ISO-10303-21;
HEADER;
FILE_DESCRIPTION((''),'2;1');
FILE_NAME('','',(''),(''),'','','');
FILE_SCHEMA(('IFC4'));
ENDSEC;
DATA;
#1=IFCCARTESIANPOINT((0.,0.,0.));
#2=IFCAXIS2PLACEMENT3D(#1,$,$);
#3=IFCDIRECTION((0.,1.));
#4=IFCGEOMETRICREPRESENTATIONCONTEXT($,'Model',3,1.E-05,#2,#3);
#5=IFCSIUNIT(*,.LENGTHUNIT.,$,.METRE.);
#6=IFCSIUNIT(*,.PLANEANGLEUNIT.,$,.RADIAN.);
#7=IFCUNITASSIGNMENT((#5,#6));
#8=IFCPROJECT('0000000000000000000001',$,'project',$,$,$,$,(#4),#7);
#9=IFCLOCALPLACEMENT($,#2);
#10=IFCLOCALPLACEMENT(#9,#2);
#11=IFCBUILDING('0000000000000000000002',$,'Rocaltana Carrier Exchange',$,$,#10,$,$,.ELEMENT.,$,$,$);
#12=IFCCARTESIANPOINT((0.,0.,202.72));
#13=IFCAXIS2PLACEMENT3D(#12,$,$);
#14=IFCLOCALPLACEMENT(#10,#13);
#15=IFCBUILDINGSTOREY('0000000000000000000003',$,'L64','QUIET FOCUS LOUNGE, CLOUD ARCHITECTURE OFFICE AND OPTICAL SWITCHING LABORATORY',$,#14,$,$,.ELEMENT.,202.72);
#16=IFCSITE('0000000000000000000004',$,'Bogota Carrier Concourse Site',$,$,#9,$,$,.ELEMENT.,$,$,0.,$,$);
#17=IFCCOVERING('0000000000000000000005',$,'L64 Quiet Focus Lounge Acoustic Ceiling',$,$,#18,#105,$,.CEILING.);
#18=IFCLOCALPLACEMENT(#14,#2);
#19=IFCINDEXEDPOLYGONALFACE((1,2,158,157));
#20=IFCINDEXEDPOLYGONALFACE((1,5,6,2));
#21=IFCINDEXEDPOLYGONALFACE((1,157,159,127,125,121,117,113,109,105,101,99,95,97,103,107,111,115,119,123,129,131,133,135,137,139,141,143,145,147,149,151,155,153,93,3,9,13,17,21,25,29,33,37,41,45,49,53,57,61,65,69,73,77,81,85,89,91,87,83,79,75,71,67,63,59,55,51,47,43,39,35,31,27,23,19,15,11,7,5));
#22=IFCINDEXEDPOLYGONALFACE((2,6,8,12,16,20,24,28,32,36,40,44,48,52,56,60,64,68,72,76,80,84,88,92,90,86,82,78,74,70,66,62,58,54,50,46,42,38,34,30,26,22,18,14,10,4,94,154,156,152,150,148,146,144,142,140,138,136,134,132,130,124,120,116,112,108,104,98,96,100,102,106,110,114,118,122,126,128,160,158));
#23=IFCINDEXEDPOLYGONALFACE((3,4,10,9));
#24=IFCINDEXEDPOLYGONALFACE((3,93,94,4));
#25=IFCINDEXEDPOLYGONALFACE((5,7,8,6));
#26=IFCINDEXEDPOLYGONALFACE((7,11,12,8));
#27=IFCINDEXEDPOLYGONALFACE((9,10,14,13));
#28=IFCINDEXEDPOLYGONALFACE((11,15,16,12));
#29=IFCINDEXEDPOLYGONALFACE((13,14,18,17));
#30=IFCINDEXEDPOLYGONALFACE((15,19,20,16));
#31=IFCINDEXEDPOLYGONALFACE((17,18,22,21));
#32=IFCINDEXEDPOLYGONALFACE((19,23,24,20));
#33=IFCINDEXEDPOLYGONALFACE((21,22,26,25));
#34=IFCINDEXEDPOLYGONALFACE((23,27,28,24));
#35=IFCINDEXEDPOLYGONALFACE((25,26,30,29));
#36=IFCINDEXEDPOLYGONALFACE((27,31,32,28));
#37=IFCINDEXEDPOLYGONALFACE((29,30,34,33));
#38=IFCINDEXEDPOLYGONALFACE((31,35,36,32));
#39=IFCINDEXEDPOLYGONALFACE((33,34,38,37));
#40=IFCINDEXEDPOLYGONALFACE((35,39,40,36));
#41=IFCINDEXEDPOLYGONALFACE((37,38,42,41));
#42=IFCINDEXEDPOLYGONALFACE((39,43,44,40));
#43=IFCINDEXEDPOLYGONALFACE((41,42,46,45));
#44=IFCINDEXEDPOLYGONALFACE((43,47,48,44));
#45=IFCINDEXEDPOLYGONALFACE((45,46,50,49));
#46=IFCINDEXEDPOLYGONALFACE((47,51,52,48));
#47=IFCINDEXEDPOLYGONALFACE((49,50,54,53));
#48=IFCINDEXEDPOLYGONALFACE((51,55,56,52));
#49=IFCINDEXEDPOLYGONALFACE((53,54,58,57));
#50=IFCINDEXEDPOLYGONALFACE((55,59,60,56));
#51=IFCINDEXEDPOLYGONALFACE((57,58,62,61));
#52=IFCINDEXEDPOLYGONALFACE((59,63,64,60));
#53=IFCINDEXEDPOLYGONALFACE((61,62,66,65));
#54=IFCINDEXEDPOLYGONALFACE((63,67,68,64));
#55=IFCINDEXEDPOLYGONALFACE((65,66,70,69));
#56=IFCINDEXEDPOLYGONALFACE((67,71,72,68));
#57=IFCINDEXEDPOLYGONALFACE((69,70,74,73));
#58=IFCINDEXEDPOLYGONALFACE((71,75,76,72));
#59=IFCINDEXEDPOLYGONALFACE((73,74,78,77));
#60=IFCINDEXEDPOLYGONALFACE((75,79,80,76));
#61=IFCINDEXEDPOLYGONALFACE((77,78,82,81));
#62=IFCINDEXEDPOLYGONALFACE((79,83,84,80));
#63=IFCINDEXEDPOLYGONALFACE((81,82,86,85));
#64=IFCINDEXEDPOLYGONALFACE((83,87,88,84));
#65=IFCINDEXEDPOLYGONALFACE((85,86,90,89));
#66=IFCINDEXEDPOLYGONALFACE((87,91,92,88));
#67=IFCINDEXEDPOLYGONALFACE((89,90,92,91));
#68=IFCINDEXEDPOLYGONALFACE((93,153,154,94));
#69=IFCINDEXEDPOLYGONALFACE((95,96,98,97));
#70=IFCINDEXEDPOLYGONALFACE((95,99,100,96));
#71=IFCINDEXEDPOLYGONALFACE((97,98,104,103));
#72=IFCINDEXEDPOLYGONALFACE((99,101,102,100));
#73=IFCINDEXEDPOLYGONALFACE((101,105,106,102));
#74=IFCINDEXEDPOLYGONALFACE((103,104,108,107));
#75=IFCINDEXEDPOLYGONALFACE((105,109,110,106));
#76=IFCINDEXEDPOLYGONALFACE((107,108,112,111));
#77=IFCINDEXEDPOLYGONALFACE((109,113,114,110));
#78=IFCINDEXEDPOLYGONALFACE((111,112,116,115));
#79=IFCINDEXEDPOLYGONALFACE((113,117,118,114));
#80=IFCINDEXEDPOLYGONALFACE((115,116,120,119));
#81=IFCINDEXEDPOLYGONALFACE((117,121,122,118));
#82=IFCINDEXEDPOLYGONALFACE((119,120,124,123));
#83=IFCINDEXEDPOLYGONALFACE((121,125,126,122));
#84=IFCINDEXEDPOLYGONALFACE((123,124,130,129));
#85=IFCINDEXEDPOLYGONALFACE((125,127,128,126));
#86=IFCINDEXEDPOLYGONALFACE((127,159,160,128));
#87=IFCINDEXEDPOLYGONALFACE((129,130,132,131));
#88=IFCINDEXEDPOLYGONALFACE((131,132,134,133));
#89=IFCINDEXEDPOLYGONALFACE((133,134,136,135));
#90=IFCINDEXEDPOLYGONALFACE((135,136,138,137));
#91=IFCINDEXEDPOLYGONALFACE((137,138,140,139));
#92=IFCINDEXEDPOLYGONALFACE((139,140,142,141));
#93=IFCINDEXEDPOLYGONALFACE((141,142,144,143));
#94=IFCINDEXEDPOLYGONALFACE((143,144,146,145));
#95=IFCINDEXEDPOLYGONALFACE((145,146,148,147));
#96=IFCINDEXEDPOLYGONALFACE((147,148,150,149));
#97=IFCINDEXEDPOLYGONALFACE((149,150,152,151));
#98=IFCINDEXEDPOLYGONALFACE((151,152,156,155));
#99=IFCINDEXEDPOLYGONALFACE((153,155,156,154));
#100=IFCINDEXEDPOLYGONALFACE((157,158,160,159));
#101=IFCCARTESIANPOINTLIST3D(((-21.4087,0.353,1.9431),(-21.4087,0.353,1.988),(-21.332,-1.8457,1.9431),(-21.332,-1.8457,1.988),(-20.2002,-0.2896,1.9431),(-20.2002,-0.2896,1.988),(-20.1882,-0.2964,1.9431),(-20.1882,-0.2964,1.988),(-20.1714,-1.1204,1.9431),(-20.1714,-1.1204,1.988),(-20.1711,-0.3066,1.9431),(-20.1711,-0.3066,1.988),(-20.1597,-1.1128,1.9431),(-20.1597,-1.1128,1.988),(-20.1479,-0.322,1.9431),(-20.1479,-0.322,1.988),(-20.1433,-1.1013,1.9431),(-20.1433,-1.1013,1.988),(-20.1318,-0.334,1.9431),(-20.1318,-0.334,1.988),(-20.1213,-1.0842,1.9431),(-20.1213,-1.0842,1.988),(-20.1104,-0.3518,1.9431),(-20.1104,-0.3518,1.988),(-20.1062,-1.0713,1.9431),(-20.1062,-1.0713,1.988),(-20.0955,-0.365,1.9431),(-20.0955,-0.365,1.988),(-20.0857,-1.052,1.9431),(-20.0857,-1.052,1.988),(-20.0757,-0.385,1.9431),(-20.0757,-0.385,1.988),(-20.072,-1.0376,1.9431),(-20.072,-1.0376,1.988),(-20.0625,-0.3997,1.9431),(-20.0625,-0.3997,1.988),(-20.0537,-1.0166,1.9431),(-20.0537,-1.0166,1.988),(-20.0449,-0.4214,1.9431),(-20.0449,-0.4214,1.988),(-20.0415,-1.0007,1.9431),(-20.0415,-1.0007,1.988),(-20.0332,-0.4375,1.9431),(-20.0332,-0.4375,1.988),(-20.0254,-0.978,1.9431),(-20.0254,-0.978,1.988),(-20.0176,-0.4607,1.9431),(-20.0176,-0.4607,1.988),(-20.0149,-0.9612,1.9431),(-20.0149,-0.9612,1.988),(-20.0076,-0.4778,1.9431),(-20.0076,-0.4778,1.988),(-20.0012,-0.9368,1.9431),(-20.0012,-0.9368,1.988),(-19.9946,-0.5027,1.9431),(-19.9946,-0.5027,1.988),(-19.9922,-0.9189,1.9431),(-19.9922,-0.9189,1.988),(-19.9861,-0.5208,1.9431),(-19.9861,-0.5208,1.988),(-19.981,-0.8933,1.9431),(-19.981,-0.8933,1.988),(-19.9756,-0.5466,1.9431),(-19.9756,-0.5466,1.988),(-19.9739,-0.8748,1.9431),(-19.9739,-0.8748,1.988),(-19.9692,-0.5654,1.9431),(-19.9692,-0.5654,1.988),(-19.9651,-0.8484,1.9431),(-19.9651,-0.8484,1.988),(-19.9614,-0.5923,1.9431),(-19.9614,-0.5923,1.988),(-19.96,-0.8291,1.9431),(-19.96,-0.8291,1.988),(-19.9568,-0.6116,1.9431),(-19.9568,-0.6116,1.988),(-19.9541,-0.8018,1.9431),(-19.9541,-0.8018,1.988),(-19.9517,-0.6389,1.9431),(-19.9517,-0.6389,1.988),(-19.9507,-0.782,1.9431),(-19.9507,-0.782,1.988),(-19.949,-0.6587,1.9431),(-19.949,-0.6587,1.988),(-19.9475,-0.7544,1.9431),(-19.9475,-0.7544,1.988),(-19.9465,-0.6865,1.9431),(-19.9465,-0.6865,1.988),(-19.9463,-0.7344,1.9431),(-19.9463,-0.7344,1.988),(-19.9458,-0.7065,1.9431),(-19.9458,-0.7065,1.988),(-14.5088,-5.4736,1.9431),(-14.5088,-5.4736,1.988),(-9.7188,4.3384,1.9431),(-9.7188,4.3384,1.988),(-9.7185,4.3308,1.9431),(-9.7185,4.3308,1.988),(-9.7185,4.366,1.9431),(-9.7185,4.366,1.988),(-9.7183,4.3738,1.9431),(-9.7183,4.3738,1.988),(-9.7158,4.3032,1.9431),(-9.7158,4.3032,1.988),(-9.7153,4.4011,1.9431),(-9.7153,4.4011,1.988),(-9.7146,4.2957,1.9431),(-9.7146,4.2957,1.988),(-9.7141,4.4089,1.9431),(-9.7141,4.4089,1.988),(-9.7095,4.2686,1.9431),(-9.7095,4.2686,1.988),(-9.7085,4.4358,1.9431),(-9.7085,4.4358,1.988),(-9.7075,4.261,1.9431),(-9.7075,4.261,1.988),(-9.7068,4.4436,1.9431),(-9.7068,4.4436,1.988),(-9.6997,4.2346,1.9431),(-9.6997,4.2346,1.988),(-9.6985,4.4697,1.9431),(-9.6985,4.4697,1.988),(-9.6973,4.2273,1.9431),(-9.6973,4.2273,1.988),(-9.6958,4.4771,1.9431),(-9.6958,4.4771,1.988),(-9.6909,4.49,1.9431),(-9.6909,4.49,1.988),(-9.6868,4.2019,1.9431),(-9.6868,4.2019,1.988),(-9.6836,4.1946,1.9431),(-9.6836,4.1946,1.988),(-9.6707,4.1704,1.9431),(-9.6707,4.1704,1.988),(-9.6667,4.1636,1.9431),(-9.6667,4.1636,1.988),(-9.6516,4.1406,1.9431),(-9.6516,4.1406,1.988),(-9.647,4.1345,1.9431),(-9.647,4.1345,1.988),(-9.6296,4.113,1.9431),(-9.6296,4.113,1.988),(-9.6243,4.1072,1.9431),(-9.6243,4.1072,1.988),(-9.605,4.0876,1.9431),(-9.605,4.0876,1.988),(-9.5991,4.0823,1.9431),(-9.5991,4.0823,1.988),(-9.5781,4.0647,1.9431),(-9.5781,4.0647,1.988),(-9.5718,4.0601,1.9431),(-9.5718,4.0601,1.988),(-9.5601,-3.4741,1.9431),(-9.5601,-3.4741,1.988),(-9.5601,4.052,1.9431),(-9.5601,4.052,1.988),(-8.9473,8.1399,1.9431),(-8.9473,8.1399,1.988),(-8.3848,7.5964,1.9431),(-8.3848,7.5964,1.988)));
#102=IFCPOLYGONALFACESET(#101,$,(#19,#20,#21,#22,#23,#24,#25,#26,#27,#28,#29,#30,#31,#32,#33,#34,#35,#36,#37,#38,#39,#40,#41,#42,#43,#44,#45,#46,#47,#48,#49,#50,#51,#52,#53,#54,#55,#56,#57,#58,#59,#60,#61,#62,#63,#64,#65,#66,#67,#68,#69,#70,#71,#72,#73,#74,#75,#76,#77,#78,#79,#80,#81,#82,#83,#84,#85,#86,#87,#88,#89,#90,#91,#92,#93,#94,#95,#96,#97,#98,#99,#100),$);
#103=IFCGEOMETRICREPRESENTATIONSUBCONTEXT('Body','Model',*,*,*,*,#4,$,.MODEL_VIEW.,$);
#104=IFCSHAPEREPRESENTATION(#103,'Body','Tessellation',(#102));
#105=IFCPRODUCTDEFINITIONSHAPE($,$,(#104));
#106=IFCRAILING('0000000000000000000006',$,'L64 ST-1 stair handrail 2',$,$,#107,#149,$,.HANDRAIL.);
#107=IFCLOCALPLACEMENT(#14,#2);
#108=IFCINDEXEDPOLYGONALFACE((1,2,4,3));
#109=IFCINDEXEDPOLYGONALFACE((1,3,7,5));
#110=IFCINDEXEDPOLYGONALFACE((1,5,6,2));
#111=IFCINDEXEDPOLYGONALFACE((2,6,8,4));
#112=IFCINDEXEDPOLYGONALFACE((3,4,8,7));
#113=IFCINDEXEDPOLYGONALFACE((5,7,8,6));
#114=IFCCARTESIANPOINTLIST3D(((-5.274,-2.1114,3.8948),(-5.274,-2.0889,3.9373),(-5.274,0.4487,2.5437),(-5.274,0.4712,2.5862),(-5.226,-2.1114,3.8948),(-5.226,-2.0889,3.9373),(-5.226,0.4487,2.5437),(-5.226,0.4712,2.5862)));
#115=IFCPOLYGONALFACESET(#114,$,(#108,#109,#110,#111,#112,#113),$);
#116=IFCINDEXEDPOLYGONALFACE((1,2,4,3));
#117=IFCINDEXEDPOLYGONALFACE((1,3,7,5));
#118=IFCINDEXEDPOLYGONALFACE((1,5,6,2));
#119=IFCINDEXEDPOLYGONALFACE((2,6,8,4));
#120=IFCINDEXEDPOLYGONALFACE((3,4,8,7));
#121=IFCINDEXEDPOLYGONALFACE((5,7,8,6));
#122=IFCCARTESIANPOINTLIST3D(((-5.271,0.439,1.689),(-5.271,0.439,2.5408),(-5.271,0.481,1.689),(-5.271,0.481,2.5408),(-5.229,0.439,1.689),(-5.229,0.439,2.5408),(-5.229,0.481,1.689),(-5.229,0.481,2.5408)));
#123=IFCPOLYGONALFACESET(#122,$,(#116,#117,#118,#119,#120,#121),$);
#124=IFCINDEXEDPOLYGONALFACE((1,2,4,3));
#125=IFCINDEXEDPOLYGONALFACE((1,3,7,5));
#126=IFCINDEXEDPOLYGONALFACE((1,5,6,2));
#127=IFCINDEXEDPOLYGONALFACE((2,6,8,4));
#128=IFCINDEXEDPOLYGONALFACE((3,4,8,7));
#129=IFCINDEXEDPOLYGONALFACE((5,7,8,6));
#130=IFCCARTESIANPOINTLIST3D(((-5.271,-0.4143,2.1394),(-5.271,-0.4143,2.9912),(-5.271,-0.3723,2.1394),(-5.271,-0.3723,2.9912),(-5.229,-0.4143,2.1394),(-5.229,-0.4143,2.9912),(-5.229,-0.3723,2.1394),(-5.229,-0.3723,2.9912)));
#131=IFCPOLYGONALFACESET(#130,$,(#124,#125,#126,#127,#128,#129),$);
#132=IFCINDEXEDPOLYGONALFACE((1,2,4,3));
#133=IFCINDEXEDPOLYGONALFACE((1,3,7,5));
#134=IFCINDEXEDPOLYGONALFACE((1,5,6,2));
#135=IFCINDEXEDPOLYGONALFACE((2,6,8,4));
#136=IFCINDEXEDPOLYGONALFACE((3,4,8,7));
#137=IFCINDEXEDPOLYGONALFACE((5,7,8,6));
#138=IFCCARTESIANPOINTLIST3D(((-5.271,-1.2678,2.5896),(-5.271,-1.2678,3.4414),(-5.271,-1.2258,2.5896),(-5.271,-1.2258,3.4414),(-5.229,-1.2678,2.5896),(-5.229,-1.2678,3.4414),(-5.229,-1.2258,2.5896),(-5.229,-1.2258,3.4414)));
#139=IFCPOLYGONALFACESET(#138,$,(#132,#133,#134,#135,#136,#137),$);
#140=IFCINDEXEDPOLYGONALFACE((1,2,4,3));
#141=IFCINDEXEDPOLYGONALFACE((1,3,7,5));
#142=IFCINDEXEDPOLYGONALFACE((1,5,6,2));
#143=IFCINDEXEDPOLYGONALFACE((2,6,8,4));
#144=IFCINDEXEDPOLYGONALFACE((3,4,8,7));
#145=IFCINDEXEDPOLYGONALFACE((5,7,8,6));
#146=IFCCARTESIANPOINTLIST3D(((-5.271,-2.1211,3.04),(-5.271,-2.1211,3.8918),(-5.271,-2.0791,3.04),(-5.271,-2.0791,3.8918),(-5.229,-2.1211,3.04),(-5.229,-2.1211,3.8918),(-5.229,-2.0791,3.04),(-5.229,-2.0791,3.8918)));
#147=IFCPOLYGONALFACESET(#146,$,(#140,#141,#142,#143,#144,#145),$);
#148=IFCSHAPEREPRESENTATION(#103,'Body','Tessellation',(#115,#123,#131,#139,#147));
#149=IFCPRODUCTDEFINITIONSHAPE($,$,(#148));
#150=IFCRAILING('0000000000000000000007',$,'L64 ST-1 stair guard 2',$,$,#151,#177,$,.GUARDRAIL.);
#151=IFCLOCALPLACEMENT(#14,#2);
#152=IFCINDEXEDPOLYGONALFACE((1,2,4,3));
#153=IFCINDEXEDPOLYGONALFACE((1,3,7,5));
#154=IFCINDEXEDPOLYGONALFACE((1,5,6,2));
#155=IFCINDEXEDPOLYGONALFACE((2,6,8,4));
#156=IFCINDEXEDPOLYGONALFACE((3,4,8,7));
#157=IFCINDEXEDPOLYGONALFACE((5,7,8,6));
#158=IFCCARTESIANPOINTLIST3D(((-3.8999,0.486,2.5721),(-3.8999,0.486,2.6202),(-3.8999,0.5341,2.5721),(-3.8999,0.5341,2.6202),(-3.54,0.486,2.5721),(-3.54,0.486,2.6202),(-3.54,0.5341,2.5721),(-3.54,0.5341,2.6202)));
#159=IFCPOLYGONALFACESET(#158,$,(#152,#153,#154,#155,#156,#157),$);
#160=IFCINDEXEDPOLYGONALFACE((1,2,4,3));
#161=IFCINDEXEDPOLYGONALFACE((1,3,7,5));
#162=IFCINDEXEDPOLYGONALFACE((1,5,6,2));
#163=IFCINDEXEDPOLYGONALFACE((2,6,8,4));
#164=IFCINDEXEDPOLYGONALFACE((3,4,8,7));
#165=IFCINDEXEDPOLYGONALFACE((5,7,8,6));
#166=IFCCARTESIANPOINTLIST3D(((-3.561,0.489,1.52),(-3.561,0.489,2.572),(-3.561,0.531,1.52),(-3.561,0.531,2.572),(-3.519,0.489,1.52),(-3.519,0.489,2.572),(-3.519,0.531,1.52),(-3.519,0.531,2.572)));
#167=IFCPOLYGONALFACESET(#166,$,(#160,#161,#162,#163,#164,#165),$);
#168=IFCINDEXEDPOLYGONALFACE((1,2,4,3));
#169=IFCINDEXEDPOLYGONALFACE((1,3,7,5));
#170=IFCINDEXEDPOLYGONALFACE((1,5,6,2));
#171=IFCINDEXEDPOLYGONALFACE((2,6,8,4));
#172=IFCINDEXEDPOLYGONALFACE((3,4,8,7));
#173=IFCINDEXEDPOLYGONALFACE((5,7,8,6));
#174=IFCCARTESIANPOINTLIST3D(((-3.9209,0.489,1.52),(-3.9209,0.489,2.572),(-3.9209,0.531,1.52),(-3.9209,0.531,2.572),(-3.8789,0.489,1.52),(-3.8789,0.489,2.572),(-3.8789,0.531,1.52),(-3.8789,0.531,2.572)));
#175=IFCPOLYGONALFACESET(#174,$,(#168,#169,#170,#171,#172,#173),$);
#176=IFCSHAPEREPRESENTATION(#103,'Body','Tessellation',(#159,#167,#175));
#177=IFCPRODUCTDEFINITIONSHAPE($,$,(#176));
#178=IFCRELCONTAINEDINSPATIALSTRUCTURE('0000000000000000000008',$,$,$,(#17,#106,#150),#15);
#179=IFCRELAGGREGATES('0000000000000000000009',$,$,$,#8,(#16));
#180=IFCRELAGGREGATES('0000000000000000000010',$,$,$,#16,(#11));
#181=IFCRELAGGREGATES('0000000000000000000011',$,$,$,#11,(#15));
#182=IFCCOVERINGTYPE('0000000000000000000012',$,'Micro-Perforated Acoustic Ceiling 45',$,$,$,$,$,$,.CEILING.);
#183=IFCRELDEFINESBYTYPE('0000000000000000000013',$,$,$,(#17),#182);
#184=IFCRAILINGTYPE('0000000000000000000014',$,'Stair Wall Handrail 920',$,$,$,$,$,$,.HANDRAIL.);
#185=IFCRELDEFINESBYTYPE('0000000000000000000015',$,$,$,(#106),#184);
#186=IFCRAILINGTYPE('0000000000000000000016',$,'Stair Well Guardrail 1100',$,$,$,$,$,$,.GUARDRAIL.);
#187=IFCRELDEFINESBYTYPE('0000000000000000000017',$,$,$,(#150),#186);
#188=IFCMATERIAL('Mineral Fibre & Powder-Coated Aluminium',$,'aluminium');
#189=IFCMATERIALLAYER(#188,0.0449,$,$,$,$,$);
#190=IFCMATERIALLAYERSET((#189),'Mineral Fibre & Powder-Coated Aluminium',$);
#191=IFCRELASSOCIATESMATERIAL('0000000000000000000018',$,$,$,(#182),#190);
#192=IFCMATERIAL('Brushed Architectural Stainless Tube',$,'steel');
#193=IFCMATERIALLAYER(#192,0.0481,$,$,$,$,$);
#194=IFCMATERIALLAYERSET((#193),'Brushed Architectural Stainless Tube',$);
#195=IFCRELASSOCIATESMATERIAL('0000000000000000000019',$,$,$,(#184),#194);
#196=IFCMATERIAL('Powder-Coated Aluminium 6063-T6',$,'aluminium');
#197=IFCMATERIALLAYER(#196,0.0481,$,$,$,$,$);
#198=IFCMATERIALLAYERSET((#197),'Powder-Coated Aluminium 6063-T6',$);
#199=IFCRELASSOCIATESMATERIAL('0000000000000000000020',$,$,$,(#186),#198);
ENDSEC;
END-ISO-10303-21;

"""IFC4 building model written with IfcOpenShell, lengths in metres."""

from ifc_helpers import new_model, si_unit, direction, frame, origin, origin_2d, place, context, subcontext, project, spatial, polyline, rectangle, outline, extrude, material, layer, layer_set, type_object, element, save


model = new_model("IFC4")

# Units and contexts
model_context = context("Model", 3, precision=1e-05, world=origin(), true_north=direction((0.0, 1.0)))
body_context = subcontext(model_context, "Body", "Model", "MODEL_VIEW")
ifc_project = project(units=[si_unit("LENGTHUNIT", "METRE"), si_unit("PLANEANGLEUNIT", "RADIAN")], contexts=[model_context])

# Site, building, storey
site_placement = place(None, origin())
site = spatial("IfcSite", under=ifc_project, at=site_placement, Name="Bogota Carrier Concourse Site", CompositionType="ELEMENT", RefElevation=0.0)
building_placement = place(site_placement, origin())
building = spatial("IfcBuilding", under=site, at=building_placement, Name="Rocaltana Carrier Exchange", CompositionType="ELEMENT")
storey_placement = place(building_placement, frame((0.0, 0.0, 202.72)))
storey = spatial("IfcBuildingStorey", under=building, at=storey_placement, Name="L64", Description="QUIET FOCUS LOUNGE, CLOUD ARCHITECTURE OFFICE AND OPTICAL SWITCHING LABORATORY", CompositionType="ELEMENT", Elevation=202.72)

# Covering
ifc_material_1 = material(Name="Mineral Fibre & Powder-Coated Aluminium", Category="aluminium")
ifc_layer_1 = layer(ifc_material_1, 0.0449)
ifc_layer_set_1 = layer_set([ifc_layer_1], Name="Mineral Fibre & Powder-Coated Aluminium")
covering_type_1 = type_object("IfcCoveringType", Name="Micro-Perforated Acoustic Ceiling 45", PredefinedType="CEILING", material=ifc_layer_set_1)
covering_1_placement = place(storey_placement, frame((0.0, 0.0, 1.9431)))
element("IfcCovering", 1, at=covering_1_placement, inside=storey, type_object=covering_type_1, Name="L64 Quiet Focus Lounge Acoustic Ceiling", PredefinedType="CEILING", context=body_context, shape_type="SweptSolid", body=[
    extrude(outline(polyline([(-20.1714, -1.1204), (-20.1597, -1.1128), (-20.1433, -1.1013), (-20.1213, -1.0842), (-20.1062, -1.0713), (-20.0857, -1.052), (-20.072, -1.0376), (-20.0537, -1.0166), (-20.0415, -1.0007), (-20.0254, -0.978), (-20.0149, -0.9612), (-20.0012, -0.9368), (-19.9922, -0.9189), (-19.981, -0.8933), (-19.9739, -0.8748), (-19.9651, -0.8484), (-19.96, -0.8291), (-19.9541, -0.8018), (-19.9507, -0.782), (-19.9475, -0.7544), (-19.9463, -0.7344), (-19.9458, -0.7065), (-19.9465, -0.6865), (-19.949, -0.6587), (-19.9517, -0.6389), (-19.9568, -0.6116), (-19.9614, -0.5923), (-19.9692, -0.5654), (-19.9756, -0.5466), (-19.9861, -0.5208), (-19.9946, -0.5027), (-20.0076, -0.4778), (-20.0176, -0.4607), (-20.0332, -0.4375), (-20.0449, -0.4214), (-20.0625, -0.3997), (-20.0757, -0.385), (-20.0955, -0.365), (-20.1104, -0.3518), (-20.1318, -0.334), (-20.1479, -0.322), (-20.1711, -0.3066), (-20.1882, -0.2964), (-20.2002, -0.2896), (-21.4087, 0.353), (-8.9473, 8.1399), (-8.3848, 7.5964), (-9.6909, 4.49), (-9.6958, 4.4771), (-9.6985, 4.4697), (-9.7068, 4.4436), (-9.7085, 4.4358), (-9.7141, 4.4089), (-9.7153, 4.4011), (-9.7183, 4.3738), (-9.7185, 4.366), (-9.7188, 4.3384), (-9.7185, 4.3308), (-9.7158, 4.3032), (-9.7146, 4.2957), (-9.7095, 4.2686), (-9.7075, 4.261), (-9.6997, 4.2346), (-9.6973, 4.2273), (-9.6868, 4.2019), (-9.6836, 4.1946), (-9.6707, 4.1704), (-9.6667, 4.1636), (-9.6516, 4.1406), (-9.647, 4.1345), (-9.6296, 4.113), (-9.6243, 4.1072), (-9.605, 4.0876), (-9.5991, 4.0823), (-9.5781, 4.0647), (-9.5718, 4.0601), (-9.5601, 4.052), (-9.5601, -3.4741), (-14.5088, -5.4736), (-21.332, -1.8457), (-20.1714, -1.1204)])), origin(), (0.0, 0.0, 1.0), 0.0449),
])

# Railings
ifc_material_2 = material(Name="Brushed Architectural Stainless Tube", Category="steel")
ifc_layer_2 = layer(ifc_material_2, 0.0481)
ifc_layer_set_2 = layer_set([ifc_layer_2], Name="Brushed Architectural Stainless Tube")
railing_type_1 = type_object("IfcRailingType", Name="Stair Wall Handrail 920", PredefinedType="HANDRAIL", material=ifc_layer_set_2)
railing_1_placement = place(storey_placement, frame((-5.25, 0.46, 1.689)))
element("IfcRailing", 2, at=railing_1_placement, inside=storey, type_object=railing_type_1, Name="L64 ST-1 stair handrail 2", PredefinedType="HANDRAIL", context=body_context, shape_type="SweptSolid", body=[
    extrude(rectangle(XDim=0.0481, YDim=0.0481, at=origin_2d()), frame((0.0, 0.0, 0.876), z_axis=(0.0, -0.884394, 0.46674), x_axis=(1.0, 0.0, 0.0)), (0.0, 0.0, 1.0), 2.8948),
    extrude(rectangle(XDim=0.042, YDim=0.042, at=origin_2d()), origin(), (0.0, 0.0, 1.0), 0.8518),
    extrude(rectangle(XDim=0.042, YDim=0.042, at=origin_2d()), frame((0.0, -0.8533, 0.4504)), (0.0, 0.0, 1.0), 0.8518),
    extrude(rectangle(XDim=0.042, YDim=0.042, at=origin_2d()), frame((0.0, -1.7068, 0.9006)), (0.0, 0.0, 1.0), 0.8518),
    extrude(rectangle(XDim=0.042, YDim=0.042, at=origin_2d()), frame((0.0, -2.5601, 1.3511)), (0.0, 0.0, 1.0), 0.8518),
])
ifc_material_3 = material(Name="Powder-Coated Aluminium 6063-T6", Category="aluminium")
ifc_layer_3 = layer(ifc_material_3, 0.0481)
ifc_layer_set_3 = layer_set([ifc_layer_3], Name="Powder-Coated Aluminium 6063-T6")
railing_type_2 = type_object("IfcRailingType", Name="Stair Well Guardrail 1100", PredefinedType="GUARDRAIL", material=ifc_layer_set_3)
railing_2_placement = place(storey_placement, frame((-3.54, 0.51, 1.52)))
element("IfcRailing", 3, at=railing_2_placement, inside=storey, type_object=railing_type_2, Name="L64 ST-1 stair guard 2", PredefinedType="GUARDRAIL", context=body_context, shape_type="SweptSolid", body=[
    extrude(rectangle(XDim=0.0481, YDim=0.0481, at=origin_2d()), frame((0.0, 0.0, 1.0762), z_axis=(-1.0, 0.0, 0.0), x_axis=(0.0, -1.0, 0.0)), (0.0, 0.0, 1.0), 0.3599),
    extrude(rectangle(XDim=0.042, YDim=0.042, at=origin_2d()), origin(), (0.0, 0.0, 1.0), 1.052),
    extrude(rectangle(XDim=0.042, YDim=0.042, at=origin_2d()), frame((-0.3599, 0.0, 0.0)), (0.0, 0.0, 1.0), 1.052),
])

save(model, "model.ifc")
